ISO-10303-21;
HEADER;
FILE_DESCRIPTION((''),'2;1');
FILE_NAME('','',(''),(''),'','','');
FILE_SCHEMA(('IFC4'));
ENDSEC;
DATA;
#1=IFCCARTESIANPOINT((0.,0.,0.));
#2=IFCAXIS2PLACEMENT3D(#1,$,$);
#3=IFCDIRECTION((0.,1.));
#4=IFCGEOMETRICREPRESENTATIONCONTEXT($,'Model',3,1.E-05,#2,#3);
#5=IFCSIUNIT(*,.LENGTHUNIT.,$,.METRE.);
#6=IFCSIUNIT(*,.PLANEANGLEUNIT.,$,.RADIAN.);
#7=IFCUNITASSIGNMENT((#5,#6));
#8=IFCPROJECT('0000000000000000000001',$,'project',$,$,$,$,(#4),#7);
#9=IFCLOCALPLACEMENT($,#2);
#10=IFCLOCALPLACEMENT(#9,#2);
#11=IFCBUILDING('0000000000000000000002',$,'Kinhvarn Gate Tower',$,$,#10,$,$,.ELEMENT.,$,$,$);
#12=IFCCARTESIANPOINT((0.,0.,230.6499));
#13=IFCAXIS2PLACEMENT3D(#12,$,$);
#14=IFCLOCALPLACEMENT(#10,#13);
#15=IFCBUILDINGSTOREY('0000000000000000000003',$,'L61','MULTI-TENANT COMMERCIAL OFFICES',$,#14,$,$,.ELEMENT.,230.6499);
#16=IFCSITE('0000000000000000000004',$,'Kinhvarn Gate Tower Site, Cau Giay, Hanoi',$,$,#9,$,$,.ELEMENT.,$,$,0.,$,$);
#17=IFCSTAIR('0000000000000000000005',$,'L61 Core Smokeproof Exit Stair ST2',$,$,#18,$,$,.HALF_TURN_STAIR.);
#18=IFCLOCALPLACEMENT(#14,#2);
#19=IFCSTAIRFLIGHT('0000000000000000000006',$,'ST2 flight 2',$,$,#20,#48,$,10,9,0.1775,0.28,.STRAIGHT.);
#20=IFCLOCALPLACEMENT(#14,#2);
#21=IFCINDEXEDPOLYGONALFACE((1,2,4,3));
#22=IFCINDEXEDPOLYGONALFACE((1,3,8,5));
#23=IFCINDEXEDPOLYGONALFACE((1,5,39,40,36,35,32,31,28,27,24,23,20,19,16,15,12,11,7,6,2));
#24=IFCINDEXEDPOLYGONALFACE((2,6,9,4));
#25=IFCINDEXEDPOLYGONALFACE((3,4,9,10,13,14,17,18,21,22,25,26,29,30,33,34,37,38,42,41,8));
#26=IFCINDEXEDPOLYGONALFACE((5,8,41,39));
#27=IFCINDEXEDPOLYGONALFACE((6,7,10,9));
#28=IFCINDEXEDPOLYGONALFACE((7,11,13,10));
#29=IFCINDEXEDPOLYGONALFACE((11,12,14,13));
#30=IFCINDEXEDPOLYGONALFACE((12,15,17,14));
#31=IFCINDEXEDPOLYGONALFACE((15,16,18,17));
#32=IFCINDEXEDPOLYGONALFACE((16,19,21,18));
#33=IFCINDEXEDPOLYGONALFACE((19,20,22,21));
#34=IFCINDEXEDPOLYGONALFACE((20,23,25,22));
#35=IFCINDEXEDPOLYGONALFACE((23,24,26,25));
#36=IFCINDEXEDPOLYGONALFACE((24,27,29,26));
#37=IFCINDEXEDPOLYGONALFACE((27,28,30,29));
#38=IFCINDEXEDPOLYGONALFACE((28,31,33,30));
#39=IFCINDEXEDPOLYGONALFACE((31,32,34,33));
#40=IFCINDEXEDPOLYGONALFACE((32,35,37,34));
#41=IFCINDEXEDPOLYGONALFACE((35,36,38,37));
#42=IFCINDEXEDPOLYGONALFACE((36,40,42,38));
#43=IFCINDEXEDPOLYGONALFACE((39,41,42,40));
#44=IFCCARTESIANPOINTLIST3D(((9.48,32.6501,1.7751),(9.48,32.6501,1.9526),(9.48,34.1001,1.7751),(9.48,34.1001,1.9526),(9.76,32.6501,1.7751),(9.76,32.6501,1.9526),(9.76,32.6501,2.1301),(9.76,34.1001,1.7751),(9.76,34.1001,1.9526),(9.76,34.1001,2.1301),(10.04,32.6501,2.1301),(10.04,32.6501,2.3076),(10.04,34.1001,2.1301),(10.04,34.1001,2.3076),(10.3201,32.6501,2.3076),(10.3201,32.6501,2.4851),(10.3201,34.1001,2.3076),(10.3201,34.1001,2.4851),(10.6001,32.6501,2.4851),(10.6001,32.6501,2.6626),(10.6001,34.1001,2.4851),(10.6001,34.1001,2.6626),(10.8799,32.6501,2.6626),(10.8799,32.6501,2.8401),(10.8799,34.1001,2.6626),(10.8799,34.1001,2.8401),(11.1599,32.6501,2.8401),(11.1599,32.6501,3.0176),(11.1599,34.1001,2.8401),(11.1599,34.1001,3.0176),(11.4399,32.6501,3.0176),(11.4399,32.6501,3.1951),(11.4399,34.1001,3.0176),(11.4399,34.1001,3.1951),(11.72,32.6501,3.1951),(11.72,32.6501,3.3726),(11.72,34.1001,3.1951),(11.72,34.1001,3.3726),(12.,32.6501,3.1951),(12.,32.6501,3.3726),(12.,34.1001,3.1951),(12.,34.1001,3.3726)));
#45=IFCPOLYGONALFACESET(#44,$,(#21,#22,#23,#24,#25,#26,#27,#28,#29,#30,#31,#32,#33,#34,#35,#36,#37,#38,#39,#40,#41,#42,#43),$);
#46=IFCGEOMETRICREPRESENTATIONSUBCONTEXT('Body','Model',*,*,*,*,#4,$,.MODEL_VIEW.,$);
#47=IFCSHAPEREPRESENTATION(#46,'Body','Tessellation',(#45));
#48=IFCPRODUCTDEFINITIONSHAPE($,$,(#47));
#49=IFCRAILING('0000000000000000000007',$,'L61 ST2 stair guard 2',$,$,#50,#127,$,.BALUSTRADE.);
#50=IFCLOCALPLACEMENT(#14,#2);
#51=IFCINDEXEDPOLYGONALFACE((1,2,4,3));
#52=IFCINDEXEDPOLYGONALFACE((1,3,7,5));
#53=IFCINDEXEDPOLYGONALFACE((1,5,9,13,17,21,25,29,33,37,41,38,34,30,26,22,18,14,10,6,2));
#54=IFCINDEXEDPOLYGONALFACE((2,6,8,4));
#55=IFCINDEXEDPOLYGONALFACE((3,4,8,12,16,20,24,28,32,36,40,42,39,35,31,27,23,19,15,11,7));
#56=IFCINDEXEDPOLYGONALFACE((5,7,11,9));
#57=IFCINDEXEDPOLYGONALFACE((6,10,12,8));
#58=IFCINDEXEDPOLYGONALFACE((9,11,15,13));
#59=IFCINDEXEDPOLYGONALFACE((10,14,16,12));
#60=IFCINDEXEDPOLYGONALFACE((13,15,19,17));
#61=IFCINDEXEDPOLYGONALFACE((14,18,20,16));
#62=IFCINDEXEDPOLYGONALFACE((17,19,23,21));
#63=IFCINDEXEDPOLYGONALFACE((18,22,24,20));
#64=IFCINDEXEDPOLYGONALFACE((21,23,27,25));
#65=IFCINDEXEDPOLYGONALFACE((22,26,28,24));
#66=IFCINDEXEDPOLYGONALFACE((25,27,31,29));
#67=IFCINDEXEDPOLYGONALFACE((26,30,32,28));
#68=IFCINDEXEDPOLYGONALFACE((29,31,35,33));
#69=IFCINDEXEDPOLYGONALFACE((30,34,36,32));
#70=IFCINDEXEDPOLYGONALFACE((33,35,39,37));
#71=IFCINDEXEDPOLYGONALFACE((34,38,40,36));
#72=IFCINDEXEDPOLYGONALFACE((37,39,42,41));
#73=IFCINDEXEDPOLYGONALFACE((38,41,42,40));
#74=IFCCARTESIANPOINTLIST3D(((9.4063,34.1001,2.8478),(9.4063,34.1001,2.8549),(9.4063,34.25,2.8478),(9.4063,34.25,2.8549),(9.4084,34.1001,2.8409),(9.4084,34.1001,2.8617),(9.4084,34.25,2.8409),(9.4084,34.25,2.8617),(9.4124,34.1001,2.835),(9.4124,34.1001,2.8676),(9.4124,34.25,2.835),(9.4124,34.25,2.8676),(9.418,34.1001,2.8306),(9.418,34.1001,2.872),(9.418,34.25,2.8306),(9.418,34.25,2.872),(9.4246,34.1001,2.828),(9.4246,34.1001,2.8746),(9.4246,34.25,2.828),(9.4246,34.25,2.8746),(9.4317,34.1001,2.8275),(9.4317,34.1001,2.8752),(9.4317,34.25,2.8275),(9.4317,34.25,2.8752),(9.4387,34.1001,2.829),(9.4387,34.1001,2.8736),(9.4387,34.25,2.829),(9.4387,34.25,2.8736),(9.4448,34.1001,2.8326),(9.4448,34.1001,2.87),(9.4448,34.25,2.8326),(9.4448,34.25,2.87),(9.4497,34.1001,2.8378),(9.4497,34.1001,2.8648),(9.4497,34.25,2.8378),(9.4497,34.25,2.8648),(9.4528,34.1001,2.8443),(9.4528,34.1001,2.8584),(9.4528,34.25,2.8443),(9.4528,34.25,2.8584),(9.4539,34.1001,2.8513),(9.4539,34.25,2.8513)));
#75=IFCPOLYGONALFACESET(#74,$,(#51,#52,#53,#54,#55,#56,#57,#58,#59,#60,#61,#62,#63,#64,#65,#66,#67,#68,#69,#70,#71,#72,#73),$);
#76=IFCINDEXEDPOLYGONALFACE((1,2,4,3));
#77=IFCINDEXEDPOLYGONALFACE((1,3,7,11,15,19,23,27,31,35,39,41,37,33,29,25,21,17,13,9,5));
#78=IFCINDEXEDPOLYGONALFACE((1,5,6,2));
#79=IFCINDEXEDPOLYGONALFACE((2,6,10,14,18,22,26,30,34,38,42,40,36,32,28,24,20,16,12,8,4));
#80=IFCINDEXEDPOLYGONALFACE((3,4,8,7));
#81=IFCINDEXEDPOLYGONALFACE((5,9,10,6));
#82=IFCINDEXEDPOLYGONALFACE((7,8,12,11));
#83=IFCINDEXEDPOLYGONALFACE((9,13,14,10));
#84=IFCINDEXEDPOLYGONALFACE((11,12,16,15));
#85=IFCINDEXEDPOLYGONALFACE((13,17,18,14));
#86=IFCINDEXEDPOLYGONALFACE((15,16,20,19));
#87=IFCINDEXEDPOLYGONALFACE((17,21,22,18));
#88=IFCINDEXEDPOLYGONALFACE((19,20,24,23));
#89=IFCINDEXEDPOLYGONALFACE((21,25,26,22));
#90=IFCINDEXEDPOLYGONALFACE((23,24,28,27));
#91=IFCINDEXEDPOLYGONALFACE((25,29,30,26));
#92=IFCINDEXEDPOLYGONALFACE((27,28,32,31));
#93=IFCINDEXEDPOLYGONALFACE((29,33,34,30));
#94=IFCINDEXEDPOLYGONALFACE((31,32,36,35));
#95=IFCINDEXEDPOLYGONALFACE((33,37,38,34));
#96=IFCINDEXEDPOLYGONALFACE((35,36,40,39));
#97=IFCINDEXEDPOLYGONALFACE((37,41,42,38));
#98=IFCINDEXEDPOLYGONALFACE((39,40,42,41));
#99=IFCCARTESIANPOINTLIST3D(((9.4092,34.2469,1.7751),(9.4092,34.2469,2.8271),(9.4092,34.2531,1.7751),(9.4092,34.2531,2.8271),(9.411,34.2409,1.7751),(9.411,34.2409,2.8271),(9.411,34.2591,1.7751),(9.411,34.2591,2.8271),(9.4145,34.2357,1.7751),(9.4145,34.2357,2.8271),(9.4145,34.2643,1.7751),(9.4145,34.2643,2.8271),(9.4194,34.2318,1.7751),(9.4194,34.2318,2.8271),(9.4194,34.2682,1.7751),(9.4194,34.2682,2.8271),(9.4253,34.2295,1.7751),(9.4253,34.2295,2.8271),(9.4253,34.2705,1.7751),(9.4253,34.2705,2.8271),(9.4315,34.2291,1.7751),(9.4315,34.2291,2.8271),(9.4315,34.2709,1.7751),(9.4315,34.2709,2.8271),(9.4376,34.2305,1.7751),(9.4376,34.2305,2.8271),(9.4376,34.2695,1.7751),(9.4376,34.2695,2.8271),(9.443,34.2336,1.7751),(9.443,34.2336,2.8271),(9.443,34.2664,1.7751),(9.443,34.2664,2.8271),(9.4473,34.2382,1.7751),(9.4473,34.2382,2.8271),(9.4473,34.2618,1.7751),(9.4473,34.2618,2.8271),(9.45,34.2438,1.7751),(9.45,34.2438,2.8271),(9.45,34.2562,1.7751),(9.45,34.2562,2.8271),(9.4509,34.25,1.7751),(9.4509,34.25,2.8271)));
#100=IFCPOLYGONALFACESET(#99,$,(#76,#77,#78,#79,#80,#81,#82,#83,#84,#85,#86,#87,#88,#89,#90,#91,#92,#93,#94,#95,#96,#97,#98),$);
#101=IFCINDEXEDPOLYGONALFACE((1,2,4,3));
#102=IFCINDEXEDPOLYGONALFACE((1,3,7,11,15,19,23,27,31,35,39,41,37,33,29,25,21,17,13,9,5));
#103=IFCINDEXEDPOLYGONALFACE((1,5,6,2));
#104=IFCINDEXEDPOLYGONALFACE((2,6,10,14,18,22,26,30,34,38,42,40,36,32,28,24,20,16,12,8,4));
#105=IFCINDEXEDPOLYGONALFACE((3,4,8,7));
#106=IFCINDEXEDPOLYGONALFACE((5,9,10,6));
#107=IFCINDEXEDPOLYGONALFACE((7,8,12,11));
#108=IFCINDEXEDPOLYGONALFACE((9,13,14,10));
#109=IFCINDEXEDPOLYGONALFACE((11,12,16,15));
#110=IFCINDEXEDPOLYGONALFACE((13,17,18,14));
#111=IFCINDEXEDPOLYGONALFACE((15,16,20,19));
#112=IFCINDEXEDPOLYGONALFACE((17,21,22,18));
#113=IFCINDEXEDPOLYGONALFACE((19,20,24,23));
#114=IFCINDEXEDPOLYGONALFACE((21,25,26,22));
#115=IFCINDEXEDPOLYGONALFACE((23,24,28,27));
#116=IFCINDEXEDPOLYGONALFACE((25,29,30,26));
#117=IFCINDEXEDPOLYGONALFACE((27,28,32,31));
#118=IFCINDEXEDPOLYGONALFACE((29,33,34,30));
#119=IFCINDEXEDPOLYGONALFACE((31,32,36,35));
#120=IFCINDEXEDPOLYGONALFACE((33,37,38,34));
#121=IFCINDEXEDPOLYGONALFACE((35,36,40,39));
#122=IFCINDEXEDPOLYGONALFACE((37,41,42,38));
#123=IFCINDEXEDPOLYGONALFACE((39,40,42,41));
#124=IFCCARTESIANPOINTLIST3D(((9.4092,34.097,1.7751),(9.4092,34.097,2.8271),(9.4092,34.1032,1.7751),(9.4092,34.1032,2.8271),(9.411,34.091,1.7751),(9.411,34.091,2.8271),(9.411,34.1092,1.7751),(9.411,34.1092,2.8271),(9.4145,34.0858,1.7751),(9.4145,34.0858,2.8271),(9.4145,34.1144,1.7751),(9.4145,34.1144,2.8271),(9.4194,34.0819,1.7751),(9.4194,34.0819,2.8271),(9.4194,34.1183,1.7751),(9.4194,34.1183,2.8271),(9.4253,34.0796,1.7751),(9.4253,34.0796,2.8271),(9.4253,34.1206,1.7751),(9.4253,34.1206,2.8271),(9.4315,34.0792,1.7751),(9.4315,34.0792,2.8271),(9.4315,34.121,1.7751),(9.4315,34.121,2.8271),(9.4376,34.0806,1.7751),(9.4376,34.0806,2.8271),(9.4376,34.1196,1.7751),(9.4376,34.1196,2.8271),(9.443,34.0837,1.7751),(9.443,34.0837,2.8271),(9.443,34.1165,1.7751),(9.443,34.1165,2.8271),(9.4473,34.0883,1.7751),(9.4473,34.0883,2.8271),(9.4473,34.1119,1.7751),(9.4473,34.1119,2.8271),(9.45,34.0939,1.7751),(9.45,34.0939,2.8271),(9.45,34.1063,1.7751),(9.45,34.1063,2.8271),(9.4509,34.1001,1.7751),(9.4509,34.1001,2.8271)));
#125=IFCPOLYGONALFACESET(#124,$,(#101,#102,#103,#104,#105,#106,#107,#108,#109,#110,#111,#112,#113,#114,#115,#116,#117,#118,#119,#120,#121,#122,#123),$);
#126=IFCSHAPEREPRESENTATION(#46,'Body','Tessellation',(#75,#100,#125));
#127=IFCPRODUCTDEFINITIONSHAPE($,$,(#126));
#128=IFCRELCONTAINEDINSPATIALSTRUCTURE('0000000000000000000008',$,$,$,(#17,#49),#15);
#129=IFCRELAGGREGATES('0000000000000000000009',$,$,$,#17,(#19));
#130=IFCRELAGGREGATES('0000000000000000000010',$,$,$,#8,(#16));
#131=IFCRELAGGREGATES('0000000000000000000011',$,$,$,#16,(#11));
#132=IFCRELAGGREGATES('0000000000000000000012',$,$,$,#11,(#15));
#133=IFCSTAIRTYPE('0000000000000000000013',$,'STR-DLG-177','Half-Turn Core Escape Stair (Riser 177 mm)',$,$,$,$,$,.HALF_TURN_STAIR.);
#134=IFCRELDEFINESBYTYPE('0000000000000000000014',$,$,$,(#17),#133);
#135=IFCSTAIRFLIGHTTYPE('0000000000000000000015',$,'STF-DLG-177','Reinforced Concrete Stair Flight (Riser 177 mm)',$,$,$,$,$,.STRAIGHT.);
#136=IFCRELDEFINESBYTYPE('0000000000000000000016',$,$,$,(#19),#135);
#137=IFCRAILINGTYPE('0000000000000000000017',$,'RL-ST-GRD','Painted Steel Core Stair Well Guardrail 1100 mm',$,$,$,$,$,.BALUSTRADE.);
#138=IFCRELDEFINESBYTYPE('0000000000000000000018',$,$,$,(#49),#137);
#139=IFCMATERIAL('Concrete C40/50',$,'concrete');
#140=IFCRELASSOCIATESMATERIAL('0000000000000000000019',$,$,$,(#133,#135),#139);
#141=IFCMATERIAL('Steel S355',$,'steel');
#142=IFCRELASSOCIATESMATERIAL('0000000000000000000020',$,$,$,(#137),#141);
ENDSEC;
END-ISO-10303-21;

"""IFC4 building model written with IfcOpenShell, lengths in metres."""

from ifc_helpers import new_model, si_unit, direction, frame, origin, origin_2d, place, context, subcontext, project, spatial, polyline, circle, outline, extrude, material, type_object, element, aggregate, save


model = new_model("IFC4")

# Units and contexts
model_context = context("Model", 3, precision=1e-05, world=origin(), true_north=direction((0.0, 1.0)))
body_context = subcontext(model_context, "Body", "Model", "MODEL_VIEW")
ifc_project = project(units=[si_unit("LENGTHUNIT", "METRE"), si_unit("PLANEANGLEUNIT", "RADIAN")], contexts=[model_context])

# Site, building, storey
site_placement = place(None, origin())
site = spatial("IfcSite", under=ifc_project, at=site_placement, Name="Kinhvarn Gate Tower Site, Cau Giay, Hanoi", CompositionType="ELEMENT", RefElevation=0.0)
building_placement = place(site_placement, origin())
building = spatial("IfcBuilding", under=site, at=building_placement, Name="Kinhvarn Gate Tower", CompositionType="ELEMENT")
storey_placement = place(building_placement, frame((0.0, 0.0, 230.6499)))
storey = spatial("IfcBuildingStorey", under=building, at=storey_placement, Name="L61", Description="MULTI-TENANT COMMERCIAL OFFICES", CompositionType="ELEMENT", Elevation=230.6499)

# Shared definitions
ifc_material_1 = material(Name="Concrete C40/50", Category="concrete")

# Stair, stair flight
stair_type = type_object("IfcStairType", Name="STR-DLG-177", Description="Half-Turn Core Escape Stair (Riser 177 mm)", PredefinedType="HALF_TURN_STAIR", material=ifc_material_1)
stair_placement = place(storey_placement, origin())
stair = element("IfcStair", 1, at=stair_placement, inside=storey, type_object=stair_type, Name="L61 Core Smokeproof Exit Stair ST2", PredefinedType="HALF_TURN_STAIR")
stair_flight_type = type_object("IfcStairFlightType", Name="STF-DLG-177", Description="Reinforced Concrete Stair Flight (Riser 177 mm)", PredefinedType="STRAIGHT", material=ifc_material_1)
stair_flight_placement = place(storey_placement, frame((9.48, 33.375, 1.7751), z_axis=(0.0, 0.0, 1.0), x_axis=(1.0, 0.0, 0.0)))
stair_flight = element("IfcStairFlight", 2, at=stair_flight_placement, type_object=stair_flight_type, Name="ST2 flight 2", NumberOfRisers=10, NumberOfTreads=9, PredefinedType="STRAIGHT", RiserHeight=0.1775, TreadLength=0.28, context=body_context, shape_type="SweptSolid", body=[
    extrude(outline(polyline([(0.0, 0.0), (0.0, 0.1775), (0.28, 0.1775), (0.28, 0.355), (0.5601, 0.355), (0.5601, 0.5325), (0.8401, 0.5325), (0.8401, 0.71), (1.1201, 0.71), (1.1201, 0.8875), (1.3999, 0.8875), (1.3999, 1.0649), (1.6799, 1.0649), (1.6799, 1.2424), (1.96, 1.2424), (1.96, 1.4199), (2.24, 1.4199), (2.24, 1.5974), (2.52, 1.5974), (2.52, 1.7749), (2.52, 1.4199), (0.28, 0.0), (0.0, 0.0)])), frame((0.0, 0.7251, 0.0), z_axis=(0.0, -1.0, 0.0), x_axis=(1.0, 0.0, 0.0)), (0.0, 0.0, 1.0), 1.45),
])
aggregate(stair, [stair_flight])

# Railing
ifc_material_2 = material(Name="Steel S355", Category="steel")
railing_type_1 = type_object("IfcRailingType", Name="RL-ST-GRD", Description="Painted Steel Core Stair Well Guardrail 1100 mm", PredefinedType="BALUSTRADE", material=ifc_material_2)
railing_1_placement = place(storey_placement, frame((9.4299, 34.25, 1.7751)))
element("IfcRailing", 3, at=railing_1_placement, inside=storey, type_object=railing_type_1, Name="L61 ST2 stair guard 2", PredefinedType="BALUSTRADE", context=body_context, shape_type="SweptSolid", body=[
    extrude(circle(Radius=0.0239, at=origin_2d()), frame((0.0, 0.0, 1.0762), z_axis=(0.0, -1.0, 0.0), x_axis=(1.0, 0.0, 0.0)), (0.0, 0.0, 1.0), 0.1499),
    extrude(circle(Radius=0.021, at=origin_2d()), origin(), (0.0, 0.0, 1.0), 1.052),
    extrude(circle(Radius=0.021, at=origin_2d()), frame((0.0, -0.1499, 0.0)), (0.0, 0.0, 1.0), 1.052),
])

save(model, "model.ifc")
